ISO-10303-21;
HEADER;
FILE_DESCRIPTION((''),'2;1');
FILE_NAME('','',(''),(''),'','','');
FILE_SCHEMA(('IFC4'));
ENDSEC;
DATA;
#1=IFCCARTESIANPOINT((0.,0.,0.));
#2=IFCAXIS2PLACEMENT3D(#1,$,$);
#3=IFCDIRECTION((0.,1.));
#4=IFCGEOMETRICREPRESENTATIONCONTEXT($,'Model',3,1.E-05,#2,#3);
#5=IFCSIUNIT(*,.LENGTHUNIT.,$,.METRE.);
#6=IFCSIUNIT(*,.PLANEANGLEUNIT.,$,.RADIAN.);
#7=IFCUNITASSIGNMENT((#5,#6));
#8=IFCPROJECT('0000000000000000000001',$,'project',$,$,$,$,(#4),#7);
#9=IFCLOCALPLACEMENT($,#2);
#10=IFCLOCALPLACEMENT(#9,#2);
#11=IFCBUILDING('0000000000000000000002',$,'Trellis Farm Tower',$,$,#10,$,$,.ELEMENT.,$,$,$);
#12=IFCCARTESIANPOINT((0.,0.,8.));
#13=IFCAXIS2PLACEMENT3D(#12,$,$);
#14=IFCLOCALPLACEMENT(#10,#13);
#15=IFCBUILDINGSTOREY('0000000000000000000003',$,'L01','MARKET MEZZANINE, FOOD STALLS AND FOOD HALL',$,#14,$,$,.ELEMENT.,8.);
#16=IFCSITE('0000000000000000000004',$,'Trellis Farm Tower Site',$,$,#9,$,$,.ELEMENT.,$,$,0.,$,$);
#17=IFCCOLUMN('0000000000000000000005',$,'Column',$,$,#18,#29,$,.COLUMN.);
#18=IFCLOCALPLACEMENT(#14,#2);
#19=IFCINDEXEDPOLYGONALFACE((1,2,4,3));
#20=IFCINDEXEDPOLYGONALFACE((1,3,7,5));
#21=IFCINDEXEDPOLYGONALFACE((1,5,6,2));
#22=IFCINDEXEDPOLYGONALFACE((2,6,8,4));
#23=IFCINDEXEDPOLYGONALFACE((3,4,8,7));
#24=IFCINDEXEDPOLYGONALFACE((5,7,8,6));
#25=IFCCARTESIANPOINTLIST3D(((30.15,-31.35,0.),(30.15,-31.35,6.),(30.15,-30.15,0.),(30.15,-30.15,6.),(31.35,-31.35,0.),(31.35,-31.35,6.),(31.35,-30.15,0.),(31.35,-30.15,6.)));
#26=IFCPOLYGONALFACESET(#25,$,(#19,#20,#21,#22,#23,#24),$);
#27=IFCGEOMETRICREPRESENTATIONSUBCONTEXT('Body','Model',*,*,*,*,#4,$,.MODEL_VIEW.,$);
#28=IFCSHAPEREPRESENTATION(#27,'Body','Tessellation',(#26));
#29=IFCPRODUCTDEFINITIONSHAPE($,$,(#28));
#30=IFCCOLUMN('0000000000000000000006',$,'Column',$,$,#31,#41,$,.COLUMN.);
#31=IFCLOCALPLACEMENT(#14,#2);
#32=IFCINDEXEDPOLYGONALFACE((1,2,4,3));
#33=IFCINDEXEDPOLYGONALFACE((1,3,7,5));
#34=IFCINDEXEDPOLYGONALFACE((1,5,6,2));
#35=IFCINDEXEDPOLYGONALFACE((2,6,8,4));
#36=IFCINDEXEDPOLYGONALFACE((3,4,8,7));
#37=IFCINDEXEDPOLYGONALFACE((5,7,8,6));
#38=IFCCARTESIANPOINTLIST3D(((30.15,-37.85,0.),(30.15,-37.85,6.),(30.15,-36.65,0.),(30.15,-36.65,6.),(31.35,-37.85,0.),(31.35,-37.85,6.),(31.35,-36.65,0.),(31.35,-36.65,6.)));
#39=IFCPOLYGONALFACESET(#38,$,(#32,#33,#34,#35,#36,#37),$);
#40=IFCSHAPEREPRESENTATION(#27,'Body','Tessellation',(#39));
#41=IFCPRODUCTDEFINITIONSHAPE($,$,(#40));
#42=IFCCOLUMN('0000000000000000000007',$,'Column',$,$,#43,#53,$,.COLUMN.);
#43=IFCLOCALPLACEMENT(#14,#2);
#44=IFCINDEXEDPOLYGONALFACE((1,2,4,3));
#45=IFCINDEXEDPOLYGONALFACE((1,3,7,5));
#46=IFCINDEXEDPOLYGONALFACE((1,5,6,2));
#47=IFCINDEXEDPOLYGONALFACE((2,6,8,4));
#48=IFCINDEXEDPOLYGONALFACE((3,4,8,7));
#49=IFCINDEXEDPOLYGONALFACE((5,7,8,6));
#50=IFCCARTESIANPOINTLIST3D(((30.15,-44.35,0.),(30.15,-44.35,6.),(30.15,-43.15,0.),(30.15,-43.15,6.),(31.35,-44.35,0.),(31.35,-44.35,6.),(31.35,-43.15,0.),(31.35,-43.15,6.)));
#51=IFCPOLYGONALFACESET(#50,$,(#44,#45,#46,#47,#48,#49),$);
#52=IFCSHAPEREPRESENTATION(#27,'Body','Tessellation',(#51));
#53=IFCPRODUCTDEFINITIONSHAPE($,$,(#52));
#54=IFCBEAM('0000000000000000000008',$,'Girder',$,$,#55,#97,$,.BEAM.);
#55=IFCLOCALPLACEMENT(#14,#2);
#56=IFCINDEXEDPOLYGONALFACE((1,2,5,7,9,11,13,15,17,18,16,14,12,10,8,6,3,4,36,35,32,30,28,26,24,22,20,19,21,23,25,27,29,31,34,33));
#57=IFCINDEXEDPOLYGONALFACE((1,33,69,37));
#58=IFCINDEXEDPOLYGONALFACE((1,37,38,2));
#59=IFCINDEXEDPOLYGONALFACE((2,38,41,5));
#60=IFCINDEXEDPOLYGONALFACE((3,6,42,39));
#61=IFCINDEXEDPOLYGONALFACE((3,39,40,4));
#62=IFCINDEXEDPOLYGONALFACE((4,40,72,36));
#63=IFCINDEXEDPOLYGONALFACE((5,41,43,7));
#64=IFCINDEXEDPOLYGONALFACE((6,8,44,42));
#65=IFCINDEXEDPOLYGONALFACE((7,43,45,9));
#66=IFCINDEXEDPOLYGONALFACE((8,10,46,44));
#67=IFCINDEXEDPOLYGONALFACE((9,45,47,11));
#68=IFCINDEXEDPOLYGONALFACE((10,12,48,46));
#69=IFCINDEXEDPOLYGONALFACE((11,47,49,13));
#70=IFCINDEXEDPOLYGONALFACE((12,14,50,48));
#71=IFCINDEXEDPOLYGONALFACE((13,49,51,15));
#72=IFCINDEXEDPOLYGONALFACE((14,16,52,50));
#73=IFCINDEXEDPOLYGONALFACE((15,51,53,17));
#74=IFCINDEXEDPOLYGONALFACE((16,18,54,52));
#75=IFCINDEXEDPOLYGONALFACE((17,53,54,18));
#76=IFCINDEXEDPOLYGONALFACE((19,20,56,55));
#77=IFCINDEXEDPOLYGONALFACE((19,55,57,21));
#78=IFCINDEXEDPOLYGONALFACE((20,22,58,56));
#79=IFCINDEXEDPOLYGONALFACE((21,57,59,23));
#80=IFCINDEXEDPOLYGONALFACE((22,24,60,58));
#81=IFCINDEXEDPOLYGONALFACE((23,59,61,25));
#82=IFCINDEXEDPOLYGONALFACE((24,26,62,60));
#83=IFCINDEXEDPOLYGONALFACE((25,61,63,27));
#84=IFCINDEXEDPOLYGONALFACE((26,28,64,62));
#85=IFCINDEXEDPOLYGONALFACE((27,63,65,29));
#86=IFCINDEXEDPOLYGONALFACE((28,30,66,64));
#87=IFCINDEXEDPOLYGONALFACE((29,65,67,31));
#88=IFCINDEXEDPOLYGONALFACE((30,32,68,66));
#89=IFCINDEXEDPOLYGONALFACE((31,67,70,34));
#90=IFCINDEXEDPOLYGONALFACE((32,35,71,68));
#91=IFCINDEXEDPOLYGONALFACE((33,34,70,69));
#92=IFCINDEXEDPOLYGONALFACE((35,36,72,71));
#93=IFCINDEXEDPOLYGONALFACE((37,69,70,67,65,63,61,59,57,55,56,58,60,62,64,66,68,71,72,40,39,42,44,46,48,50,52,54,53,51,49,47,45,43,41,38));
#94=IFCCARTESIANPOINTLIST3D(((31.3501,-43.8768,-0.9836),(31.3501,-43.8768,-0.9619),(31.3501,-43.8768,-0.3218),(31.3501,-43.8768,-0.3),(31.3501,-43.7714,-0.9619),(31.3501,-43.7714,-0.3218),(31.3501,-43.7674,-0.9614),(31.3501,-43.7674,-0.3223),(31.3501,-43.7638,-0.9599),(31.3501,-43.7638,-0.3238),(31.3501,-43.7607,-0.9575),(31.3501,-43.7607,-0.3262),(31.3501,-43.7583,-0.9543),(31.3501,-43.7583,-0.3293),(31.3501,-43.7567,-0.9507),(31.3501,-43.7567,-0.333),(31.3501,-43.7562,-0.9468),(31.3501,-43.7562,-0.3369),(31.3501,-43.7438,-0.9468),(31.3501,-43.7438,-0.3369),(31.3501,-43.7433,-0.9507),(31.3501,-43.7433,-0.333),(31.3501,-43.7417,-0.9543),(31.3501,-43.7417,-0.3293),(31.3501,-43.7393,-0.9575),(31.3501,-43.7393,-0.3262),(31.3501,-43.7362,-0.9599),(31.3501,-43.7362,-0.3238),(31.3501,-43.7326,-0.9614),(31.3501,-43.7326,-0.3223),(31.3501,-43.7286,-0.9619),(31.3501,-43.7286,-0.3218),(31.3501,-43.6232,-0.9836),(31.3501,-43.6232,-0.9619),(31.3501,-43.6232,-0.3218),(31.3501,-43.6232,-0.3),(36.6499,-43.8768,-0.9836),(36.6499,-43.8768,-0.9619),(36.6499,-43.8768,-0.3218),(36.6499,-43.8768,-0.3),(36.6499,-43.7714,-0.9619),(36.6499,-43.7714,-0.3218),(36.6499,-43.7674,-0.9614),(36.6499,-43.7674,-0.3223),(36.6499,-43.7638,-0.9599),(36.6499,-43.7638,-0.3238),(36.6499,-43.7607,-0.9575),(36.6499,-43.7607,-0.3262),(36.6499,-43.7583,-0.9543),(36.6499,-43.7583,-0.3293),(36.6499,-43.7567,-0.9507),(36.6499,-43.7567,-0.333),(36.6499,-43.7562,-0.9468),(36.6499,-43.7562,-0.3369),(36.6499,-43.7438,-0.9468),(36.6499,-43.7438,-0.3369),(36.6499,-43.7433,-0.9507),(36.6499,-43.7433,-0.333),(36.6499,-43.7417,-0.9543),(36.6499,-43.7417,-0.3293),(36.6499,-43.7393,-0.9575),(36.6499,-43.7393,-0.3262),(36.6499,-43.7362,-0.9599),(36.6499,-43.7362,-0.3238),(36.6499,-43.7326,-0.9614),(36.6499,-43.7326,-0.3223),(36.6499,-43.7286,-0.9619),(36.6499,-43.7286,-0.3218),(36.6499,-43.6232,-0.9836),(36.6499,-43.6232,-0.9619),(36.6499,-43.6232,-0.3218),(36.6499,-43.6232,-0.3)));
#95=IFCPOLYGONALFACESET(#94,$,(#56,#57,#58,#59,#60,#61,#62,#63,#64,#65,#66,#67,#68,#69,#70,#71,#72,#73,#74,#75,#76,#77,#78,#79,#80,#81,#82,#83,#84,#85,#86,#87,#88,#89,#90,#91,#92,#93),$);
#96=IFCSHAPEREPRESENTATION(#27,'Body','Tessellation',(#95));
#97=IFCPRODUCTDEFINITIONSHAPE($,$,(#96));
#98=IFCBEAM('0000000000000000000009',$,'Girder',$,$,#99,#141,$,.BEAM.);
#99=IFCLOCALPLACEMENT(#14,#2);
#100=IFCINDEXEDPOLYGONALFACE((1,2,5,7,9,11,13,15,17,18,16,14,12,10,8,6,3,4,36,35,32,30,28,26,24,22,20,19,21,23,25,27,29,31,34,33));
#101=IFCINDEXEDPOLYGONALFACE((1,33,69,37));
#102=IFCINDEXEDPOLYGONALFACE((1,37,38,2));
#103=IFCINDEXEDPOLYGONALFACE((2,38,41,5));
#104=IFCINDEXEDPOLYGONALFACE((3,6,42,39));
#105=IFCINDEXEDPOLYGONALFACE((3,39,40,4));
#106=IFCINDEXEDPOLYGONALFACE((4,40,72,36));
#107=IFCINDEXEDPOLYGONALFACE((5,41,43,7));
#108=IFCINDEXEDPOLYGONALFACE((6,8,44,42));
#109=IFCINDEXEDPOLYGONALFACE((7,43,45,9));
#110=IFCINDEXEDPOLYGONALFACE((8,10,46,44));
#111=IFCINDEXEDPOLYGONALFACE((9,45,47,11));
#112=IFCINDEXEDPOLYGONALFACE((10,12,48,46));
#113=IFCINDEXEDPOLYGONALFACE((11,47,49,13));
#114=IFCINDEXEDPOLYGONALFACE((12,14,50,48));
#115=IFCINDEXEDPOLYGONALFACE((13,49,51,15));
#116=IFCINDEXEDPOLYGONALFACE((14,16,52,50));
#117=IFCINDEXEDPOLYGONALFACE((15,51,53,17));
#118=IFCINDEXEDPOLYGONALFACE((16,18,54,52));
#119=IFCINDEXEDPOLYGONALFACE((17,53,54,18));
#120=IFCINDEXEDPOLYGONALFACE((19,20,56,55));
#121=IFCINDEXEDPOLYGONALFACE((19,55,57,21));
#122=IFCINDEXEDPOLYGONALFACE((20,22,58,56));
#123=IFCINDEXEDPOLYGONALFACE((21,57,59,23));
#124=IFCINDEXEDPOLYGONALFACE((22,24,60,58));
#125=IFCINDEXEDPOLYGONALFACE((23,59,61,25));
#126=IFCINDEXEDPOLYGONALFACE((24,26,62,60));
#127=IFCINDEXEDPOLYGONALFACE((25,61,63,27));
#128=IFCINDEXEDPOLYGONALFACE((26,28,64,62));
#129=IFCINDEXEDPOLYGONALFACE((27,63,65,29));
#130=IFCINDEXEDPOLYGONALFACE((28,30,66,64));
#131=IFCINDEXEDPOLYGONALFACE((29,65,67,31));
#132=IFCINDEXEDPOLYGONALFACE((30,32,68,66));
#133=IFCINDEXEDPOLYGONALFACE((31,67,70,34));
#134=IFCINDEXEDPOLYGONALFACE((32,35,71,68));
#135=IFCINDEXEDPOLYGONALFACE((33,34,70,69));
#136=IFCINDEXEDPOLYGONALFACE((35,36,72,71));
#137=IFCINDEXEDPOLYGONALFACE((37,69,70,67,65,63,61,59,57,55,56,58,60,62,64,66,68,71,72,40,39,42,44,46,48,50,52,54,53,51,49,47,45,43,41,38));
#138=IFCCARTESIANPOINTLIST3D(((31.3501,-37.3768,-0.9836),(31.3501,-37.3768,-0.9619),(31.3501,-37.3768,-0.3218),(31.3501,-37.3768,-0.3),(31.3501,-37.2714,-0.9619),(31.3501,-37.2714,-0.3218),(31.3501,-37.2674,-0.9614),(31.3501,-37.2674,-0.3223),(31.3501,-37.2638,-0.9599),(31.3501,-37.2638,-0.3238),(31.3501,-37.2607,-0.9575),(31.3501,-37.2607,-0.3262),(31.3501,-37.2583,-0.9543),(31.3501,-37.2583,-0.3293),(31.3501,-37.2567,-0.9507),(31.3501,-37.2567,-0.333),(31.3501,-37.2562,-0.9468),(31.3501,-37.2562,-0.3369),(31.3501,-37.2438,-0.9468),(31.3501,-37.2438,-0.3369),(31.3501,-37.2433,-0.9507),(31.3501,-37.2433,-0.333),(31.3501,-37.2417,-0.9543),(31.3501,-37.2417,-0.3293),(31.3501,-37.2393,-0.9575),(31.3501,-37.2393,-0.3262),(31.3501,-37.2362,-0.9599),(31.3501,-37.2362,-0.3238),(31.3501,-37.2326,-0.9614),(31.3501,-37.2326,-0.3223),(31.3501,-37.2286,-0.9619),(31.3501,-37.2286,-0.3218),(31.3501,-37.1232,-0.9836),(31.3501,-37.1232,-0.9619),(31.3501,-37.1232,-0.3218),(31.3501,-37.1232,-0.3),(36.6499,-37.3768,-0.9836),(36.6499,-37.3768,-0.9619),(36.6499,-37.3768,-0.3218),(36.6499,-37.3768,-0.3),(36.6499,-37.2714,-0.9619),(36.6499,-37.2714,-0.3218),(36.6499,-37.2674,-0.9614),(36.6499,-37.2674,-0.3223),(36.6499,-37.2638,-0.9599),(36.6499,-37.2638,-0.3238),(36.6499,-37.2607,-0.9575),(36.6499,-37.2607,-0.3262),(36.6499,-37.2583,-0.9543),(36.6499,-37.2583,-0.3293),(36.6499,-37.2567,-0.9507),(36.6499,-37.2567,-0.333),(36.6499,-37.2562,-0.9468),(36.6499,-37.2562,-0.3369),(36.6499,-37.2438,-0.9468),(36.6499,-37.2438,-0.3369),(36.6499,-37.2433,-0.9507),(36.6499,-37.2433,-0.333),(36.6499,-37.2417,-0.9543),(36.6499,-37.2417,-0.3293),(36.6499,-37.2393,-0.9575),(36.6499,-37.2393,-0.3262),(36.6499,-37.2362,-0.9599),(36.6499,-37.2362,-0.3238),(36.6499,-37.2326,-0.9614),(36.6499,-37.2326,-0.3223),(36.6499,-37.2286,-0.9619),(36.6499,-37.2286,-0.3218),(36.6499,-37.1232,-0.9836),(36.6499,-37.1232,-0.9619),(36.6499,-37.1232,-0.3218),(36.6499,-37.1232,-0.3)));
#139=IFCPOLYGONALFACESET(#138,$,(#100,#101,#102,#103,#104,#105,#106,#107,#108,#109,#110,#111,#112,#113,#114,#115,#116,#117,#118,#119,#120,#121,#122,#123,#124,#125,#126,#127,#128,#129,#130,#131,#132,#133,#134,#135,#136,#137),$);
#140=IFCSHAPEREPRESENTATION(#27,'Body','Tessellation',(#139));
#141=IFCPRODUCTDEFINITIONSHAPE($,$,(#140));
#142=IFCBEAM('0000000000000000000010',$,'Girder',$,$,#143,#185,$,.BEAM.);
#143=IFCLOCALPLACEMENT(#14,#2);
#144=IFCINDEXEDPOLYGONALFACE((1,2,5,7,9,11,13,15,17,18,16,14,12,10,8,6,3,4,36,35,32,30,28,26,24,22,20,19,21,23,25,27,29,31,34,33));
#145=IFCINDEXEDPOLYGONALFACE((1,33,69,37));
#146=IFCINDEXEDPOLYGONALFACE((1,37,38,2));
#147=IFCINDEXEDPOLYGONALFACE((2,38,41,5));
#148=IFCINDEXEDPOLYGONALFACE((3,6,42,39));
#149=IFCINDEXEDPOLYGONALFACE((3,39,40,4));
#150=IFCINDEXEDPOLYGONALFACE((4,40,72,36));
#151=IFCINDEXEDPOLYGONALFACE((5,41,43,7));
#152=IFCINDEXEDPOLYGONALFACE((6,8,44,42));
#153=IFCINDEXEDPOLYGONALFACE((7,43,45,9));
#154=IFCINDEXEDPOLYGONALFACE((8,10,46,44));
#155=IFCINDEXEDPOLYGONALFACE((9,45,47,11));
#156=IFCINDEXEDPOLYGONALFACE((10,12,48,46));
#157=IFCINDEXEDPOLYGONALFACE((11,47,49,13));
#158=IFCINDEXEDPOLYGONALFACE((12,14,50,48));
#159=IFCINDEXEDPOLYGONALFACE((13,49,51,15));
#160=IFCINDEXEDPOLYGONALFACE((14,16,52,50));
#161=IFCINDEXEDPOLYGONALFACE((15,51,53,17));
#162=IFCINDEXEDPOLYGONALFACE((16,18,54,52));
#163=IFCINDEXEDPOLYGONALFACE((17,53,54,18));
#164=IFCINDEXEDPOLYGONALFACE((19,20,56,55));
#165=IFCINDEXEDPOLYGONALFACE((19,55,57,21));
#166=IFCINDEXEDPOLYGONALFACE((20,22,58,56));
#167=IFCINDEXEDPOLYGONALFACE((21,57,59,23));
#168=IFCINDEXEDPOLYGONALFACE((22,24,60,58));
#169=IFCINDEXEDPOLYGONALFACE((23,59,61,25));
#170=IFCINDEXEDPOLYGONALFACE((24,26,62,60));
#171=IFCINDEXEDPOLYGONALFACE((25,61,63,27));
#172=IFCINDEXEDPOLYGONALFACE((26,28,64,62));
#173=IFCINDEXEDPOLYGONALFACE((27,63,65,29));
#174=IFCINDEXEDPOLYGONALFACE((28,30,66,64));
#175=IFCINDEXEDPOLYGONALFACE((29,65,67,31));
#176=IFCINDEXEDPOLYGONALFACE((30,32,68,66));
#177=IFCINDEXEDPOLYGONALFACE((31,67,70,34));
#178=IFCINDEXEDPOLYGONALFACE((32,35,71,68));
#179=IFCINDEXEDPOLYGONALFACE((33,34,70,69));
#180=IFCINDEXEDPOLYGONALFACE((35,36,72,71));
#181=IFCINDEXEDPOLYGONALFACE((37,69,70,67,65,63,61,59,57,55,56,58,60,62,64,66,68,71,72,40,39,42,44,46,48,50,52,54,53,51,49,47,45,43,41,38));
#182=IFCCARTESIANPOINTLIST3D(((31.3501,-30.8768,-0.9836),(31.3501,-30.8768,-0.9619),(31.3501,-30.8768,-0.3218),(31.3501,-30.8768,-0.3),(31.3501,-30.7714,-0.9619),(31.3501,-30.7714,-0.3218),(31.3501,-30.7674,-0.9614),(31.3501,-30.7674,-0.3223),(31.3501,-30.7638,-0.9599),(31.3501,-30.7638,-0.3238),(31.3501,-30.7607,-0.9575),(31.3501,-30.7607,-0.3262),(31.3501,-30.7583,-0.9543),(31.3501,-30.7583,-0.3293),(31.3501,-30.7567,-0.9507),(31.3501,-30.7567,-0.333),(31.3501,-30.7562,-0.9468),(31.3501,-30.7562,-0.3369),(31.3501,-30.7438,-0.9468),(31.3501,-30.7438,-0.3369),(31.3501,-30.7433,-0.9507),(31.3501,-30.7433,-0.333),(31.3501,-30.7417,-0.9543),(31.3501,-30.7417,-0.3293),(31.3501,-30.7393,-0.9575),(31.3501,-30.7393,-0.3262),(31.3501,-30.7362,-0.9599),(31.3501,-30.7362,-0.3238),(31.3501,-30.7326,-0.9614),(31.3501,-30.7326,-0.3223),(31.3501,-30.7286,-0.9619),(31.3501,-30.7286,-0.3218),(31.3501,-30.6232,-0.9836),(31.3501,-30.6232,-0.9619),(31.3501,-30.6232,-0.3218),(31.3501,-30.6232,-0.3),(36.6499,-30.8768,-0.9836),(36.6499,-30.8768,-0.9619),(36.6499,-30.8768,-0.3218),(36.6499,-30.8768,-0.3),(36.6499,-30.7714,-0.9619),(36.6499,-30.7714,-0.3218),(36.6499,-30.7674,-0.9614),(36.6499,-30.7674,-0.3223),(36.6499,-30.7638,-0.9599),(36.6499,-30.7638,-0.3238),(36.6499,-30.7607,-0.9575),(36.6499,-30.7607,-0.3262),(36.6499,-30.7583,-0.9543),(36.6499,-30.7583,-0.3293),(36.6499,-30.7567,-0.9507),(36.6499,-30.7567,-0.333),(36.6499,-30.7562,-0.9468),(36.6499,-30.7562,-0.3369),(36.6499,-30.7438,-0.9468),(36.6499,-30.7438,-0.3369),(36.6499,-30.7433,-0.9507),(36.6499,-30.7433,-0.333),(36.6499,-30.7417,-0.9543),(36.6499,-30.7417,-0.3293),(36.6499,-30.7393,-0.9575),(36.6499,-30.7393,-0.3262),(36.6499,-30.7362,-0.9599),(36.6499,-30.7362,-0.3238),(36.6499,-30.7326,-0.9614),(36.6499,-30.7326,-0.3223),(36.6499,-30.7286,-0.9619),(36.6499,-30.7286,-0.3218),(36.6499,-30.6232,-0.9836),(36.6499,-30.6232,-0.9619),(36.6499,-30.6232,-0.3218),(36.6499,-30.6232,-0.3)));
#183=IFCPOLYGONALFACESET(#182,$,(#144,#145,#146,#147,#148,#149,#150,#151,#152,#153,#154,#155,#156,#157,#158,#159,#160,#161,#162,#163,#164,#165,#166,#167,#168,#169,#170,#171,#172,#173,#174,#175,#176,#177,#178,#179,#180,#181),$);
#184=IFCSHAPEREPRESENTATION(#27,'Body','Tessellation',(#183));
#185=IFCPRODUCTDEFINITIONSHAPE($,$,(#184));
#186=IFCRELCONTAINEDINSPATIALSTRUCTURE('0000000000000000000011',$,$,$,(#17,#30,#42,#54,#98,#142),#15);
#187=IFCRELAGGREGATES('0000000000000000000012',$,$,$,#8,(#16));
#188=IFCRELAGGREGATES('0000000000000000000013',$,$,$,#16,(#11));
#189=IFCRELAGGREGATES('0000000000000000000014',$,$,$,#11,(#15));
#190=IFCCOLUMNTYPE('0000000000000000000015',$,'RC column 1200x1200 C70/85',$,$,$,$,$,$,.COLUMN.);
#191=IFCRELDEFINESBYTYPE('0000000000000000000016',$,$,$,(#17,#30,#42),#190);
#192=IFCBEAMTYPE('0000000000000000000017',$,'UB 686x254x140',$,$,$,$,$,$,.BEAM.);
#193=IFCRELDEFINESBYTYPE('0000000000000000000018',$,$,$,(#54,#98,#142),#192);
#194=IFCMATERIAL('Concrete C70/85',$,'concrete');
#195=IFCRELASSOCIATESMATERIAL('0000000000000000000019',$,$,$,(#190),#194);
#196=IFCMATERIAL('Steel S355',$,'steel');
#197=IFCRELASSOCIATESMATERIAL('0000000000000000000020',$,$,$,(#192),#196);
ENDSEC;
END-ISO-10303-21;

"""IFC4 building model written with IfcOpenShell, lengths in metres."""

from ifc_helpers import new_model, si_unit, direction, frame, origin, origin_2d, place, context, subcontext, project, spatial, rectangle, i_section, extrude, source, transform, mapped, material, material_profile, profile_set, type_object, element, save


model = new_model("IFC4")

# Units and contexts
model_context = context("Model", 3, precision=1e-05, world=origin(), true_north=direction((0.0, 1.0)))
body_context = subcontext(model_context, "Body", "Model", "MODEL_VIEW")
ifc_project = project(units=[si_unit("LENGTHUNIT", "METRE"), si_unit("PLANEANGLEUNIT", "RADIAN")], contexts=[model_context])

# Site, building, storey
site_placement = place(None, origin())
site = spatial("IfcSite", under=ifc_project, at=site_placement, Name="Trellis Farm Tower Site", CompositionType="ELEMENT", RefElevation=0.0)
building_placement = place(site_placement, origin())
building = spatial("IfcBuilding", under=site, at=building_placement, Name="Trellis Farm Tower", CompositionType="ELEMENT")
storey_placement = place(building_placement, frame((0.0, 0.0, 8.0)))
storey = spatial("IfcBuildingStorey", under=building, at=storey_placement, Name="L01", Description="MARKET MEZZANINE, FOOD STALLS AND FOOD HALL", CompositionType="ELEMENT", Elevation=8.0)

# Columns
ifc_material_1 = material(Name="Concrete C70/85", Category="concrete")
ifc_material_profile_1 = material_profile(ifc_material_1, rectangle(XDim=1.2, YDim=1.2, at=origin_2d()), Name="RC column 1200x1200 C70/85")
ifc_profile_set_1 = profile_set([ifc_material_profile_1], Name="Concrete C70/85")
column_type = type_object("IfcColumnType", Name="RC column 1200x1200 C70/85", PredefinedType="COLUMN", material=ifc_profile_set_1)
shared_shape_1 = source(origin(), body_context, "Body", "SweptSolid", [
    extrude(rectangle(XDim=1.2, YDim=1.2, at=origin_2d()), origin(), (0.0, 0.0, 1.0), 6.0),
])
for number, where, z_axis, x_axis, name in (
    (1, (30.75, -30.75, 0.0), (0.0, 0.0, 1.0), (1.0, 0.0, 0.0), "Column"),
    (2, (30.75, -37.25, 0.0), (0.0, 0.0, 1.0), (1.0, 0.0, 0.0), "Column"),
    (3, (30.75, -43.75, 0.0), (0.0, 0.0, 1.0), (1.0, 0.0, 0.0), "Column"),
):
    element("IfcColumn", number, at=place(storey_placement, frame(where, z_axis=z_axis, x_axis=x_axis)), inside=storey, type_object=column_type, Name=name, PredefinedType="COLUMN", context=body_context, shape_type="MappedRepresentation", body=[
        mapped(shared_shape_1, transform((0.0, 0.0, 0.0))),
    ])

# Beams
ifc_material_2 = material(Name="Steel S355", Category="steel")
ifc_material_profile_2 = material_profile(ifc_material_2, i_section(OverallWidth=0.2537, OverallDepth=0.6836, WebThickness=0.0125, FlangeThickness=0.0217, FilletRadius=0.0151, at=origin_2d()), Name="UB 686x254x140")
ifc_profile_set_2 = profile_set([ifc_material_profile_2], Name="Steel S355")
beam_type_1 = type_object("IfcBeamType", Name="UB 686x254x140", PredefinedType="BEAM", material=ifc_profile_set_2)
shared_shape_2 = source(origin(), body_context, "Body", "SweptSolid", [
    extrude(i_section(OverallWidth=0.2537, OverallDepth=0.6836, WebThickness=0.0125, FlangeThickness=0.0217, FilletRadius=0.0151, at=origin_2d()), origin(), (0.0, 0.0, 1.0), 5.2998),
])
for number, where, z_axis, x_axis, name in (
    (4, (31.3501, -43.75, -0.6418), (1.0, 0.0, 0.0), (0.0, 1.0, 0.0), "Girder"),
    (5, (31.3501, -37.25, -0.6418), (1.0, 0.0, 0.0), (0.0, 1.0, 0.0), "Girder"),
    (6, (31.3501, -30.75, -0.6418), (1.0, 0.0, 0.0), (0.0, 1.0, 0.0), "Girder"),
):
    element("IfcBeam", number, at=place(storey_placement, frame(where, z_axis=z_axis, x_axis=x_axis)), inside=storey, type_object=beam_type_1, Name=name, PredefinedType="BEAM", context=body_context, shape_type="MappedRepresentation", body=[
        mapped(shared_shape_2, transform((0.0, 0.0, 0.0))),
    ])

save(model, "model.ifc")
